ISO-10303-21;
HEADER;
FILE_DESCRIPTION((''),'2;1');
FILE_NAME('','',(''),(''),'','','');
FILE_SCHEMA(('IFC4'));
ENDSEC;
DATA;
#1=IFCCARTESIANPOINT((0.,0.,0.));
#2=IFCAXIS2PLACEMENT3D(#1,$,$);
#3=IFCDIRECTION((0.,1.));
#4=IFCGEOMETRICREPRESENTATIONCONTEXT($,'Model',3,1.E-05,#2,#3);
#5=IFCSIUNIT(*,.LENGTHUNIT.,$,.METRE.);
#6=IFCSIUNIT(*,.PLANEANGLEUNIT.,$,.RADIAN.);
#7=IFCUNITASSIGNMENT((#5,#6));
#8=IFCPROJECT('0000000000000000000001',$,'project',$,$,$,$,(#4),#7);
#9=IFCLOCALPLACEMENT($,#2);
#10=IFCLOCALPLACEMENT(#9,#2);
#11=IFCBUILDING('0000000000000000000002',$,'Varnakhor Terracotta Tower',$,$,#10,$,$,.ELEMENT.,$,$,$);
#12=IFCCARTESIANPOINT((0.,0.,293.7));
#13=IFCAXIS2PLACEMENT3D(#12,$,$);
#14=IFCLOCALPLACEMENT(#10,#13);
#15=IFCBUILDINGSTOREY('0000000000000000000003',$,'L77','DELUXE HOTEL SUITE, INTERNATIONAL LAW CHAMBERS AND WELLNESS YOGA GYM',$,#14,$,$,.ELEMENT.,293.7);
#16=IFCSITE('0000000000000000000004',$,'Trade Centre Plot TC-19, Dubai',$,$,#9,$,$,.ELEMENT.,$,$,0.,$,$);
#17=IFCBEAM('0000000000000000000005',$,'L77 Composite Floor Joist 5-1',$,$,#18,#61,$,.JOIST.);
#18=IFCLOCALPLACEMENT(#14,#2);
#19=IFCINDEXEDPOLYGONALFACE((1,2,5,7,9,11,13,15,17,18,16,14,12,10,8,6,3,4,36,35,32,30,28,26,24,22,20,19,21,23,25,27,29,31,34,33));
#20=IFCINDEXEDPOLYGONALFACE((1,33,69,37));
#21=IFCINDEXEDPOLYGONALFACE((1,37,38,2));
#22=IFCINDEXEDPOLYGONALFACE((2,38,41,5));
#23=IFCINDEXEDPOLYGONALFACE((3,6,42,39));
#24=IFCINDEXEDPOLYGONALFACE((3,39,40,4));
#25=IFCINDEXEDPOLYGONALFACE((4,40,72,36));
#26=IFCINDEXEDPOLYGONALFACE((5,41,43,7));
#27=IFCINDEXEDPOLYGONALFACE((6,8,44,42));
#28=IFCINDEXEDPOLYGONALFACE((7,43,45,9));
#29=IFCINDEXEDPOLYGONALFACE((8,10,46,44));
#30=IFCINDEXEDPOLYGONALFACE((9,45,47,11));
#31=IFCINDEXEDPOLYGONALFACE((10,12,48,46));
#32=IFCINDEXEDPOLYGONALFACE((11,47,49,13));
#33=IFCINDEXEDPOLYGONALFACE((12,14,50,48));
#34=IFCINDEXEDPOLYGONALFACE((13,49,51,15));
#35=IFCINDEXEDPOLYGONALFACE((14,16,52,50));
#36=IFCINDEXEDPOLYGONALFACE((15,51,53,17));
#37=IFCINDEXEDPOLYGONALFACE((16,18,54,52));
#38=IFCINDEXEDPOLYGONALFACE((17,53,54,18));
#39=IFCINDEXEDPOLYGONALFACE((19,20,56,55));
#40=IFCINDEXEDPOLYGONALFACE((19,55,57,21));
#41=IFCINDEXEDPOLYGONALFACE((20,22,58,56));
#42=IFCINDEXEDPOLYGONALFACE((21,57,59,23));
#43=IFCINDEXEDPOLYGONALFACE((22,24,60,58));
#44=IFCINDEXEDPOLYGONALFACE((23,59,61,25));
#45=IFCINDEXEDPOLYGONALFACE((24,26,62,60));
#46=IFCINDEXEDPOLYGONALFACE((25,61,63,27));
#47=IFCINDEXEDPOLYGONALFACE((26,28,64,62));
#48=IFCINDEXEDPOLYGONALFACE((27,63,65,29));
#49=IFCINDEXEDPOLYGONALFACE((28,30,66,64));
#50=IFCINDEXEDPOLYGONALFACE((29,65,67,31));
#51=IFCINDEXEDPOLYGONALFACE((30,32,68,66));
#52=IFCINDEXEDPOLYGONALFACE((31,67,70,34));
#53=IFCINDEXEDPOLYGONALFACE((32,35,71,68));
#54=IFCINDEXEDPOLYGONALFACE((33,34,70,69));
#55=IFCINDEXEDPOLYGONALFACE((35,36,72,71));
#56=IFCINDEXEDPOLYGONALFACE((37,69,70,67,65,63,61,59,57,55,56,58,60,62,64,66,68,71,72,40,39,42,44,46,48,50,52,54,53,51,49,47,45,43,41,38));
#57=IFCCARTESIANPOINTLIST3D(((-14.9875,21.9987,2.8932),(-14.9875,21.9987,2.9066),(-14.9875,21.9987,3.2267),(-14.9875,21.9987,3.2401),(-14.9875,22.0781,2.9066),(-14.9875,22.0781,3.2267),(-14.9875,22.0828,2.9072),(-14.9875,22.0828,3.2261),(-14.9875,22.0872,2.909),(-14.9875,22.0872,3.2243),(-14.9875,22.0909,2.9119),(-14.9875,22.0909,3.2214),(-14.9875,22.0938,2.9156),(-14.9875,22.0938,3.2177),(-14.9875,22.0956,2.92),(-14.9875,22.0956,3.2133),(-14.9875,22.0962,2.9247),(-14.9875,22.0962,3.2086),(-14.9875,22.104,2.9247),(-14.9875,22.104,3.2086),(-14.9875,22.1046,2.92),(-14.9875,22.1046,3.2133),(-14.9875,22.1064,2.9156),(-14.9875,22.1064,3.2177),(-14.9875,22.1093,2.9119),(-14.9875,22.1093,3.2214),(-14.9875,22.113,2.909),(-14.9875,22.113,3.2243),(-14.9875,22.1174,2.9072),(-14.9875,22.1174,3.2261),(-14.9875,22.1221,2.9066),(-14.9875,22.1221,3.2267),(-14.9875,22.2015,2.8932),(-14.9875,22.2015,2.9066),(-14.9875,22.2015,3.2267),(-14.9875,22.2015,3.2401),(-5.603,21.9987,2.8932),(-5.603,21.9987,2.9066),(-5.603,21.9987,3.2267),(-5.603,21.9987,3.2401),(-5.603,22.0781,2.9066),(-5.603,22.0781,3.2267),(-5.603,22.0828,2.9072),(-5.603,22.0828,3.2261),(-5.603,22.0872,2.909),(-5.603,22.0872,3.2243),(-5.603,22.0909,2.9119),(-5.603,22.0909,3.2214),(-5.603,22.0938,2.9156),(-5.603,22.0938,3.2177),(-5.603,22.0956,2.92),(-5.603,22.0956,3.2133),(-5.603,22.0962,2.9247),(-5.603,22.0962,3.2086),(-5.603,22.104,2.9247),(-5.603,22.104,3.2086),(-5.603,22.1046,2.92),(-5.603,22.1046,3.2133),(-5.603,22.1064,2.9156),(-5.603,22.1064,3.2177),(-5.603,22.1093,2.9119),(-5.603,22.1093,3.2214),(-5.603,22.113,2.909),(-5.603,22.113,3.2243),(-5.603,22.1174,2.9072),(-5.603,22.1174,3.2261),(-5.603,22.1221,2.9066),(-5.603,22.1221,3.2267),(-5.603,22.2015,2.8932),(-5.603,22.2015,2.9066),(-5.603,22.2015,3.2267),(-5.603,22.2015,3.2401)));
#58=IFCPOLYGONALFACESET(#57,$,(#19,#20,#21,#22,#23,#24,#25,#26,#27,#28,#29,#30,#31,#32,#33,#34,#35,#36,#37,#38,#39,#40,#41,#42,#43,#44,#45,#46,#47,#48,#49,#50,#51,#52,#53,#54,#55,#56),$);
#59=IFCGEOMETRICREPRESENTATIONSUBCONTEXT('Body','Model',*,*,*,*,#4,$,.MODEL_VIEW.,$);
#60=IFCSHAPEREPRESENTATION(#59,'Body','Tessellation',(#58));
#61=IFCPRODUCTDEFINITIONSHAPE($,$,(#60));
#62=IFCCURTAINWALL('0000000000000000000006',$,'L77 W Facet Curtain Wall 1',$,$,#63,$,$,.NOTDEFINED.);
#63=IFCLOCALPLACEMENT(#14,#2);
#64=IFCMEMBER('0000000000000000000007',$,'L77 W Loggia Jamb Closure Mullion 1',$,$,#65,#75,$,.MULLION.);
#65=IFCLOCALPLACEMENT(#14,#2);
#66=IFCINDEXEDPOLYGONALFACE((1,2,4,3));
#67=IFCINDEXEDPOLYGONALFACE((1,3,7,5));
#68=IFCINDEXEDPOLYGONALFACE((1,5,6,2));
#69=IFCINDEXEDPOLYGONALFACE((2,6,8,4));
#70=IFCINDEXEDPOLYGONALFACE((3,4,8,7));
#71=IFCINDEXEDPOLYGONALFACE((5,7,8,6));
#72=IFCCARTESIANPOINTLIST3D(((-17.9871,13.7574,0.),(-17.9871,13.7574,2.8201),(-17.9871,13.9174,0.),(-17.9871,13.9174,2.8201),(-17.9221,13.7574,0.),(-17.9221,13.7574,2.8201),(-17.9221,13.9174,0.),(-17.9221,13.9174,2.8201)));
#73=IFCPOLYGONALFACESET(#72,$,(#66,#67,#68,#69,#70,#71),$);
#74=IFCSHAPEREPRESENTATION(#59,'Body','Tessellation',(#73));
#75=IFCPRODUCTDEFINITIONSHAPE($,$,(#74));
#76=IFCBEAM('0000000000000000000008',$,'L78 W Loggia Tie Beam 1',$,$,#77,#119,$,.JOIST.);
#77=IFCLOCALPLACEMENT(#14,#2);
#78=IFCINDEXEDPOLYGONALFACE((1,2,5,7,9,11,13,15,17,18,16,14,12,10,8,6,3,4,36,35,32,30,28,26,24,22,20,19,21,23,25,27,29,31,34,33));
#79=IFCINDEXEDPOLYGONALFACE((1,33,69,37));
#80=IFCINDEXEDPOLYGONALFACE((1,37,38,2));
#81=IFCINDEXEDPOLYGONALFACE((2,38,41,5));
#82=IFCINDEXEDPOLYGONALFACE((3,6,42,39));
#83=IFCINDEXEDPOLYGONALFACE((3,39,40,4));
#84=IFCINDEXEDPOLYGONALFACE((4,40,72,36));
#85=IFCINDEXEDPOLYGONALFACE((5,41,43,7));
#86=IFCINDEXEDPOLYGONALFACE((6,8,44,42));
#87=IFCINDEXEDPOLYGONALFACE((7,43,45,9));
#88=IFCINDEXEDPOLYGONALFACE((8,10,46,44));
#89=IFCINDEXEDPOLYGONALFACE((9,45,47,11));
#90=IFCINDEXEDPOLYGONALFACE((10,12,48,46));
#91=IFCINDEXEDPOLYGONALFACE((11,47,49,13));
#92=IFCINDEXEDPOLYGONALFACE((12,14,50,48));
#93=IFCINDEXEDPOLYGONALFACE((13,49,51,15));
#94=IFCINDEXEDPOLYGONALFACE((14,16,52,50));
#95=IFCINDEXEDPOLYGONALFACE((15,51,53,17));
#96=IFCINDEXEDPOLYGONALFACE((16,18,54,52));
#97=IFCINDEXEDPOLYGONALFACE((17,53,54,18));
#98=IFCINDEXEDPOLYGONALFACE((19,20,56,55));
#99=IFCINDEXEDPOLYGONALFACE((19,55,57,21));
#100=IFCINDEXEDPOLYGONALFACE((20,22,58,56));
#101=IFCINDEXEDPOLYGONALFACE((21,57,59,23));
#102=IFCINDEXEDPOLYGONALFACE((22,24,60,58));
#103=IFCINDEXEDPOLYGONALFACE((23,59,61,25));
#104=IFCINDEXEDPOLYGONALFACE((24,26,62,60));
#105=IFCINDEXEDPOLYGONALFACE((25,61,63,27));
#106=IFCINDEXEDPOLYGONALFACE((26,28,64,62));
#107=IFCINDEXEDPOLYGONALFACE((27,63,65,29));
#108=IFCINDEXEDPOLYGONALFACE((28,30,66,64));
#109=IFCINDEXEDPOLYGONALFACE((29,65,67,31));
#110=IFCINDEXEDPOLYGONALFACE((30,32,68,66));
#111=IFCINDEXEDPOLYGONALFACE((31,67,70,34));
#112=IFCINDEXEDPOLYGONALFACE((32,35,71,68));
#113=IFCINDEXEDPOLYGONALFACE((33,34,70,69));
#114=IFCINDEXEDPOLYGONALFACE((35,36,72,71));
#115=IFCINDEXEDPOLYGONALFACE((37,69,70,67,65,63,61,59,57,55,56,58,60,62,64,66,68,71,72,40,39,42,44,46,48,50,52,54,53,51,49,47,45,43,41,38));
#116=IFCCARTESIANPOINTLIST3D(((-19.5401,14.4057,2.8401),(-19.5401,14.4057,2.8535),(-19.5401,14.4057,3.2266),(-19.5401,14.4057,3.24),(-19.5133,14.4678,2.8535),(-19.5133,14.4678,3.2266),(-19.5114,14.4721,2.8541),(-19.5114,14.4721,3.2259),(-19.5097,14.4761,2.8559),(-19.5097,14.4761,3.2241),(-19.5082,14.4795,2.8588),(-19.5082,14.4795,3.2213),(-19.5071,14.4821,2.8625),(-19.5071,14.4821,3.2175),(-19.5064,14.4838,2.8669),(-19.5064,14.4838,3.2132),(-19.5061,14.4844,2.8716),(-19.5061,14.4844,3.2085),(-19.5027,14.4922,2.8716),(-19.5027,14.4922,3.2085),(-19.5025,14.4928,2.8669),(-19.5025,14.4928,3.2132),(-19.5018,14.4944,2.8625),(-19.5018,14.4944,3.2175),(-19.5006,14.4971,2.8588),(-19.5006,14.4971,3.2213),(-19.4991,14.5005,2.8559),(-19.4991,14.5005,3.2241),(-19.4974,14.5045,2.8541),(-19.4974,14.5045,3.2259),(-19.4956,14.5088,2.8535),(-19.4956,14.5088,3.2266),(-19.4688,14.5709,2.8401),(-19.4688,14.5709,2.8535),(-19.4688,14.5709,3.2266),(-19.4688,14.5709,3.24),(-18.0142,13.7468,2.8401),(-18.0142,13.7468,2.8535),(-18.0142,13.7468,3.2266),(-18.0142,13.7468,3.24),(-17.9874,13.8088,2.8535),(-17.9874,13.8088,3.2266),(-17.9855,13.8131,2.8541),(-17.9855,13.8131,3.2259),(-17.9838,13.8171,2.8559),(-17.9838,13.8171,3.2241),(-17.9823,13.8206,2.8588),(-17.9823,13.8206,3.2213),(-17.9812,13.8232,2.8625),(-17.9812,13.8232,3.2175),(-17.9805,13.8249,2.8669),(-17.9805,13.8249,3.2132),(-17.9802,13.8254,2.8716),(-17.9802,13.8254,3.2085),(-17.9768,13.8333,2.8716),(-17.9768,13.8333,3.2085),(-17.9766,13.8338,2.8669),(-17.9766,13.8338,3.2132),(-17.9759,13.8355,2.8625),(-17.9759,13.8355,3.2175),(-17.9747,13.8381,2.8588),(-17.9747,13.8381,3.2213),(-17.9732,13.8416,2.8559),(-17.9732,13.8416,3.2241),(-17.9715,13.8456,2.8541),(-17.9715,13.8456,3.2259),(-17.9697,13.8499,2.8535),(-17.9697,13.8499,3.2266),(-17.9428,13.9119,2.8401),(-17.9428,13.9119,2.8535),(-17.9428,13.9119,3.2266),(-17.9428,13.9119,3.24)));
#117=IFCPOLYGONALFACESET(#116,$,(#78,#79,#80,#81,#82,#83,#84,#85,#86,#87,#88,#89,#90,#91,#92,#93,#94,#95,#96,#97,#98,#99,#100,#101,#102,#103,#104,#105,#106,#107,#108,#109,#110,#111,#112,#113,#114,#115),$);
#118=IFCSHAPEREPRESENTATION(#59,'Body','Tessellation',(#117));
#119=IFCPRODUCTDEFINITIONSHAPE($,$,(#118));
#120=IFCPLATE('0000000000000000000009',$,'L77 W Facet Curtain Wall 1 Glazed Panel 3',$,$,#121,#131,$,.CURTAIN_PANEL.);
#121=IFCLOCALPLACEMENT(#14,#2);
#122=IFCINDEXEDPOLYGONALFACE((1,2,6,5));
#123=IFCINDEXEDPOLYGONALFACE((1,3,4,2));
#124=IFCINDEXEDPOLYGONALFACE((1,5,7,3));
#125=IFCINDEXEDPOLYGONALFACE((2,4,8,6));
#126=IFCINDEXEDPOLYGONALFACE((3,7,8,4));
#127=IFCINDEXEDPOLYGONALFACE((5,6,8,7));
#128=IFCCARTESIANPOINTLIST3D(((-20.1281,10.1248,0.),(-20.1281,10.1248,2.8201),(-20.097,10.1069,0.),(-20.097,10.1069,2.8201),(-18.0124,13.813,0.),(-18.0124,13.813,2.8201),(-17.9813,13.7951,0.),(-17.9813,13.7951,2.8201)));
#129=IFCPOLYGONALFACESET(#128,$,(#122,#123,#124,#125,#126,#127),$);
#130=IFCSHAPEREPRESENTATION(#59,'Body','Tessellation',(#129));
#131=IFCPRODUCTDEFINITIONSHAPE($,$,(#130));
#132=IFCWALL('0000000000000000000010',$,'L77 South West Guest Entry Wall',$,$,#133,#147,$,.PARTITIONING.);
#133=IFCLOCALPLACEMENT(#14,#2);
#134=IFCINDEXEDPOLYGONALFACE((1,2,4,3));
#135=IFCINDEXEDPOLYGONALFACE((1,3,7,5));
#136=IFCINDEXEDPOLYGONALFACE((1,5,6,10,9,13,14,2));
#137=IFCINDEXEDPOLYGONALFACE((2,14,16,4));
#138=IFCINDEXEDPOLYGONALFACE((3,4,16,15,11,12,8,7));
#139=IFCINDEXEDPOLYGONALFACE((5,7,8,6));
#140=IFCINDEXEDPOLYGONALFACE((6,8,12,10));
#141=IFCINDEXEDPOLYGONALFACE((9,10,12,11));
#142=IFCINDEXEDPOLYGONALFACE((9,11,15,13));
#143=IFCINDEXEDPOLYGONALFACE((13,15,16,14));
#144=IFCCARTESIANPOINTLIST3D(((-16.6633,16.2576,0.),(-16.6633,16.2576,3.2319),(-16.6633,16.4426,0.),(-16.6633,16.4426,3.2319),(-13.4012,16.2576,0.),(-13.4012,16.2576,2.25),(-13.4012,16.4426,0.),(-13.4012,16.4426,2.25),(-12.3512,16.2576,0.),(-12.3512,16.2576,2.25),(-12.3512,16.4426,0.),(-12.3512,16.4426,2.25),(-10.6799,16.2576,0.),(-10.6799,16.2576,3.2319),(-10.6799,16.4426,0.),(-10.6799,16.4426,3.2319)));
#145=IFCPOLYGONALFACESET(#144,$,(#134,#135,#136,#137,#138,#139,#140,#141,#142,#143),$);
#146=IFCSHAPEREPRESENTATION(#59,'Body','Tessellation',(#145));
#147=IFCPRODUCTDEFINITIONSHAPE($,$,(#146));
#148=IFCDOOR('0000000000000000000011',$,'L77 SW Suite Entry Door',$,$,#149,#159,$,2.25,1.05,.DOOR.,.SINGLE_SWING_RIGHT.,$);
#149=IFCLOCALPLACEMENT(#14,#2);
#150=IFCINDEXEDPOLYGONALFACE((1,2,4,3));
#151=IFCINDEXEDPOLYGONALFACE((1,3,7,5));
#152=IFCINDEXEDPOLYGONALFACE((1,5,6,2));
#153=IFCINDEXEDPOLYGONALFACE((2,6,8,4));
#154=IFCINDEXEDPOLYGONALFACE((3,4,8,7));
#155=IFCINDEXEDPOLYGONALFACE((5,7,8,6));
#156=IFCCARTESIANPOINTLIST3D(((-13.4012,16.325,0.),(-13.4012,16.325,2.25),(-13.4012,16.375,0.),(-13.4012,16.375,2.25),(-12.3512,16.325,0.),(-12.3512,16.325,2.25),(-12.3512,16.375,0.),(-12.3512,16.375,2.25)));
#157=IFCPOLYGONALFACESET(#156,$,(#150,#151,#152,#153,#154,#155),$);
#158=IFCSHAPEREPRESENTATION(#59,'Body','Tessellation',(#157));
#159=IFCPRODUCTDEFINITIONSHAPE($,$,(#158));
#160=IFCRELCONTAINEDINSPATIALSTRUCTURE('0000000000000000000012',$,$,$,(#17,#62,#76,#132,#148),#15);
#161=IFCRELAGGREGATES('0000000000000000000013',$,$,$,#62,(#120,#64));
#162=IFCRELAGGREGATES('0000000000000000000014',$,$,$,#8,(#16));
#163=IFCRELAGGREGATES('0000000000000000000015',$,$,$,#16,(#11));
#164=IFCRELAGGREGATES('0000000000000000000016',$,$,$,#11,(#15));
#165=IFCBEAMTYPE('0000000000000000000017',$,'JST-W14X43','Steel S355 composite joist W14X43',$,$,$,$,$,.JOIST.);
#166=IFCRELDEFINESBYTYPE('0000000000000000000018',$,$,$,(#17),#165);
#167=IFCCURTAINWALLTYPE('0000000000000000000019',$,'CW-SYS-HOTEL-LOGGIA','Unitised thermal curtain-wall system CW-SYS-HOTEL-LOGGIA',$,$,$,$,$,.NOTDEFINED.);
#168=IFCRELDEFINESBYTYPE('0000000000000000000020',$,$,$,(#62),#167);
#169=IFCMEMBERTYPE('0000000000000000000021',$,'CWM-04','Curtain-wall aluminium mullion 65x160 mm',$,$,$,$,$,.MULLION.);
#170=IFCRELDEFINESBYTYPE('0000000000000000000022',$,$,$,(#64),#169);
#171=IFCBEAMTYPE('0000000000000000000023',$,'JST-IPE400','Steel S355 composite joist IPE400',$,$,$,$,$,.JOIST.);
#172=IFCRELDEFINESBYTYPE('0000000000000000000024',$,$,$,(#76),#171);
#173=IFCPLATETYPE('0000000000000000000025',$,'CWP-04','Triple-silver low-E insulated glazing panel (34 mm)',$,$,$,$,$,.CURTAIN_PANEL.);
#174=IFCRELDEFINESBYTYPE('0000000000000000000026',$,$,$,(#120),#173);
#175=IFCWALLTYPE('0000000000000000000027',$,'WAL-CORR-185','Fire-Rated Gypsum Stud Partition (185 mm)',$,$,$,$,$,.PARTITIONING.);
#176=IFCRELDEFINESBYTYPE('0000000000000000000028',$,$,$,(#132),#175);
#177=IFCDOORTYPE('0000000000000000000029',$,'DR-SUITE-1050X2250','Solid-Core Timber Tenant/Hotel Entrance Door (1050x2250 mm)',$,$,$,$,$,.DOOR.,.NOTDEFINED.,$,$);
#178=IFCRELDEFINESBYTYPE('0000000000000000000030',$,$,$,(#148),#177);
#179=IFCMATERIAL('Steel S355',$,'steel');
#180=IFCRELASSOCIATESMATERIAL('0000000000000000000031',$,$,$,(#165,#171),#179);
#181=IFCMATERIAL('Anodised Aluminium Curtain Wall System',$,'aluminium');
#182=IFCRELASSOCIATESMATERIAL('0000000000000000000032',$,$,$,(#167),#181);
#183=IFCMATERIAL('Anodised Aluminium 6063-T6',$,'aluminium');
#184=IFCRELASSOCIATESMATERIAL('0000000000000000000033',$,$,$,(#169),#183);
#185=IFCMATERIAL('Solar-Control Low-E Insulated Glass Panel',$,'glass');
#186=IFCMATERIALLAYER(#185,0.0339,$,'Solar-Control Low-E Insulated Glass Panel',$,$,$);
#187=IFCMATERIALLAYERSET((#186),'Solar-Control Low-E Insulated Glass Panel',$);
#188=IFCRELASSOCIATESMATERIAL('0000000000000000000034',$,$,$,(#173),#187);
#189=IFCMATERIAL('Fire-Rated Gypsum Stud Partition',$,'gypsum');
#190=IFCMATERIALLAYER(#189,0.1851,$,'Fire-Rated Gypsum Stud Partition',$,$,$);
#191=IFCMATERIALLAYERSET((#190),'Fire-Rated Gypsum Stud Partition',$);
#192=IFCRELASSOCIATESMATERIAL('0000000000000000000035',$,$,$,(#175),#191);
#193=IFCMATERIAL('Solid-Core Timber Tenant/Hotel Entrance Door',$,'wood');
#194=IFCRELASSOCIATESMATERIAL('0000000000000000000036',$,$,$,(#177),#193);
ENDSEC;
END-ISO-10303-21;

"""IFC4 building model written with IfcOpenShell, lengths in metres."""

from ifc_helpers import new_model, si_unit, direction, frame, frame_2d, origin, origin_2d, place, context, subcontext, project, spatial, rectangle, i_section, extrude, source, transform, mapped, material, layer, layer_set, material_profile, profile_set, type_object, type_shapes, element, fill, aggregate, save


model = new_model("IFC4")

# Units and contexts
model_context = context("Model", 3, precision=1e-05, world=origin(), true_north=direction((0.0, 1.0)))
body_context = subcontext(model_context, "Body", "Model", "MODEL_VIEW")
ifc_project = project(units=[si_unit("LENGTHUNIT", "METRE"), si_unit("PLANEANGLEUNIT", "RADIAN")], contexts=[model_context])

# Site, building, storey
site_placement = place(None, origin())
site = spatial("IfcSite", under=ifc_project, at=site_placement, Name="Trade Centre Plot TC-19, Dubai", CompositionType="ELEMENT", RefElevation=0.0)
building_placement = place(site_placement, origin())
building = spatial("IfcBuilding", under=site, at=building_placement, Name="Varnakhor Terracotta Tower", CompositionType="ELEMENT")
storey_placement = place(building_placement, frame((0.0, 0.0, 293.7)))
storey = spatial("IfcBuildingStorey", under=building, at=storey_placement, Name="L77", Description="DELUXE HOTEL SUITE, INTERNATIONAL LAW CHAMBERS AND WELLNESS YOGA GYM", CompositionType="ELEMENT", Elevation=293.7)

# Beam
ifc_material_1 = material(Name="Steel S355", Category="steel")
ifc_material_profile_1 = material_profile(ifc_material_1, i_section(OverallWidth=0.2029, OverallDepth=0.3469, WebThickness=0.0078, FlangeThickness=0.0134, FilletRadius=0.0181, at=origin_2d()), Name="W14X43")
ifc_profile_set_1 = profile_set([ifc_material_profile_1], Name="Steel S355")
beam_type_1 = type_object("IfcBeamType", Name="JST-W14X43", Description="Steel S355 composite joist W14X43", PredefinedType="JOIST", material=ifc_profile_set_1)
shared_shape_1 = source(origin(), body_context, "Body", "SweptSolid", [
    extrude(i_section(OverallWidth=0.2029, OverallDepth=0.3469, WebThickness=0.0078, FlangeThickness=0.0134, FilletRadius=0.0181, at=origin_2d()), origin(), (0.0, 0.0, 1.0), 9.3845),
])
beam_1_placement = place(storey_placement, frame((-14.9875, 22.1001, 3.0667), z_axis=(1.0, 0.0, 0.0), x_axis=(0.0, 1.0, 0.0)))
element("IfcBeam", 1, at=beam_1_placement, inside=storey, type_object=beam_type_1, Name="L77 Composite Floor Joist 5-1", PredefinedType="JOIST", context=body_context, shape_type="MappedRepresentation", body=[
    mapped(shared_shape_1, transform((0.0, 0.0, 0.0), scale=1.0)),
])

# Curtain wall, member
ifc_material_2 = material(Name="Anodised Aluminium Curtain Wall System", Category="aluminium")
curtain_wall_type = type_object("IfcCurtainWallType", Name="CW-SYS-HOTEL-LOGGIA", Description="Unitised thermal curtain-wall system CW-SYS-HOTEL-LOGGIA", PredefinedType="NOTDEFINED", material=ifc_material_2)
curtain_wall_placement = place(storey_placement, origin())
curtain_wall = element("IfcCurtainWall", 2, at=curtain_wall_placement, inside=storey, type_object=curtain_wall_type, Name="L77 W Facet Curtain Wall 1", PredefinedType="NOTDEFINED")
ifc_material_3 = material(Name="Anodised Aluminium 6063-T6", Category="aluminium")
ifc_material_profile_2 = material_profile(ifc_material_3, rectangle(XDim=0.0649, YDim=0.1599, at=origin_2d()), Name="ALU MULLION 65x160")
ifc_profile_set_2 = profile_set([ifc_material_profile_2], Name="Anodised Aluminium 6063-T6")
member_type = type_object("IfcMemberType", Name="CWM-04", Description="Curtain-wall aluminium mullion 65x160 mm", PredefinedType="MULLION", material=ifc_profile_set_2)
shared_shape_2 = source(origin(), body_context, "Body", "SweptSolid", [
    extrude(rectangle(XDim=0.0649, YDim=0.1599, at=origin_2d()), origin(), (0.0, 0.0, 1.0), 2.8201),
])
type_shapes(member_type, [shared_shape_2])
member_placement = place(storey_placement, frame((-17.9546, 13.8374, 0.0), z_axis=(0.0, 0.0, 1.0), x_axis=(1.0, 0.0, 0.0)))
member = element("IfcMember", 3, at=member_placement, type_object=member_type, Name="L77 W Loggia Jamb Closure Mullion 1", PredefinedType="MULLION", context=body_context, shape_type="MappedRepresentation", body=[
    mapped(shared_shape_2, transform((0.0, 0.0, 0.0), scale=1.0)),
])

# Beam
ifc_material_profile_3 = material_profile(ifc_material_1, i_section(OverallWidth=0.1799, OverallDepth=0.3999, WebThickness=0.0085, FlangeThickness=0.0134, FilletRadius=0.0181, at=origin_2d()), Name="IPE400")
ifc_profile_set_3 = profile_set([ifc_material_profile_3], Name="Steel S355")
beam_type_2 = type_object("IfcBeamType", Name="JST-IPE400", Description="Steel S355 composite joist IPE400", PredefinedType="JOIST", material=ifc_profile_set_3)
shared_shape_3 = source(origin(), body_context, "Body", "SweptSolid", [
    extrude(i_section(OverallWidth=0.1799, OverallDepth=0.3999, WebThickness=0.0085, FlangeThickness=0.0134, FilletRadius=0.0181, at=origin_2d()), origin(), (0.0, 0.0, 1.0), 1.6621),
])
beam_2_placement = place(storey_placement, frame((-17.9785, 13.8293, 3.04), z_axis=(-0.918055, 0.396453, 0.0), x_axis=(-0.396453, -0.918055, 0.0)))
element("IfcBeam", 4, at=beam_2_placement, inside=storey, type_object=beam_type_2, Name="L78 W Loggia Tie Beam 1", PredefinedType="JOIST", context=body_context, shape_type="MappedRepresentation", body=[
    mapped(shared_shape_3, transform((0.0, 0.0, 0.0), scale=1.0)),
])

# Plate
ifc_material_4 = material(Name="Solar-Control Low-E Insulated Glass Panel", Category="glass")
ifc_layer_1 = layer(ifc_material_4, 0.0339, Name="Solar-Control Low-E Insulated Glass Panel")
ifc_layer_set_1 = layer_set([ifc_layer_1], Name="Solar-Control Low-E Insulated Glass Panel")
plate_type = type_object("IfcPlateType", Name="CWP-04", Description="Triple-silver low-E insulated glazing panel (34 mm)", PredefinedType="CURTAIN_PANEL", material=ifc_layer_set_1)
shared_shape_4 = source(origin(), body_context, "Body", "SweptSolid", [
    extrude(rectangle(XDim=4.252, YDim=0.0359, at=origin_2d()), origin(), (0.0, 0.0, 1.0), 2.8201),
])
plate_placement = place(storey_placement, frame((-19.0547, 11.96, 0.0), z_axis=(0.0, 0.0, 1.0), x_axis=(0.49758, 0.867418, 0.0)))
plate = element("IfcPlate", 5, at=plate_placement, type_object=plate_type, Name="L77 W Facet Curtain Wall 1 Glazed Panel 3", PredefinedType="CURTAIN_PANEL", context=body_context, shape_type="MappedRepresentation", body=[
    mapped(shared_shape_4, transform((0.0, 0.0, 0.0), scale=1.0)),
])
aggregate(curtain_wall, [plate, member])

# Wall, opening, door
ifc_material_5 = material(Name="Fire-Rated Gypsum Stud Partition", Category="gypsum")
ifc_layer_2 = layer(ifc_material_5, 0.1851, Name="Fire-Rated Gypsum Stud Partition")
ifc_layer_set_2 = layer_set([ifc_layer_2], Name="Fire-Rated Gypsum Stud Partition")
wall_type_1 = type_object("IfcWallType", Name="WAL-CORR-185", Description="Fire-Rated Gypsum Stud Partition (185 mm)", PredefinedType="PARTITIONING", material=ifc_layer_set_2)
wall_1_placement = place(storey_placement, frame((-16.6633, 16.3501, 0.0), z_axis=(0.0, 0.0, 1.0), x_axis=(1.0, 0.0, 0.0)))
wall_1 = element("IfcWall", 6, at=wall_1_placement, inside=storey, type_object=wall_type_1, Name="L77 South West Guest Entry Wall", PredefinedType="PARTITIONING", context=body_context, shape_type="SweptSolid", body=[
    extrude(rectangle(XDim=5.9834, YDim=0.1851, at=frame_2d((2.9917, 0.0))), origin(), (0.0, 0.0, 1.0), 3.2319),
])
opening_1_placement = place(wall_1_placement, frame((3.2622, 0.0, 0.0)))
opening_1 = element("IfcOpeningElement", 7, at=opening_1_placement, cuts=wall_1, PredefinedType="OPENING", context=body_context, shape_type="SweptSolid", body=[
    extrude(rectangle(XDim=1.05, YDim=2.25, at=frame_2d((0.5249, 1.125))), frame((0.0, 0.1025, 0.0), z_axis=(0.0, -1.0, 0.0), x_axis=(1.0, 0.0, 0.0)), (0.0, 0.0, 1.0), 0.2051),
])
ifc_material_6 = material(Name="Solid-Core Timber Tenant/Hotel Entrance Door", Category="wood")
door_type_1 = type_object("IfcDoorType", Name="DR-SUITE-1050X2250", Description="Solid-Core Timber Tenant/Hotel Entrance Door (1050x2250 mm)", OperationType="NOTDEFINED", PredefinedType="DOOR", material=ifc_material_6)
shared_shape_5 = source(origin(), body_context, "Body", "SweptSolid", [
    extrude(rectangle(XDim=1.05, YDim=2.25, at=frame_2d((0.5249, 1.125))), frame((0.0, 0.0249, 0.0), z_axis=(0.0, -1.0, 0.0), x_axis=(1.0, 0.0, 0.0)), (0.0, 0.0, 1.0), 0.05),
])
type_shapes(door_type_1, [shared_shape_5])
door_1_placement = place(opening_1_placement, origin())
door_1 = element("IfcDoor", 8, at=door_1_placement, inside=storey, type_object=door_type_1, Name="L77 SW Suite Entry Door", OperationType="SINGLE_SWING_RIGHT", OverallHeight=2.25, OverallWidth=1.05, PredefinedType="DOOR", context=body_context, shape_type="MappedRepresentation", body=[
    mapped(shared_shape_5, transform((0.0, 0.0, 0.0), scale=1.0)),
])
fill(opening_1, door_1)

save(model, "model.ifc")
